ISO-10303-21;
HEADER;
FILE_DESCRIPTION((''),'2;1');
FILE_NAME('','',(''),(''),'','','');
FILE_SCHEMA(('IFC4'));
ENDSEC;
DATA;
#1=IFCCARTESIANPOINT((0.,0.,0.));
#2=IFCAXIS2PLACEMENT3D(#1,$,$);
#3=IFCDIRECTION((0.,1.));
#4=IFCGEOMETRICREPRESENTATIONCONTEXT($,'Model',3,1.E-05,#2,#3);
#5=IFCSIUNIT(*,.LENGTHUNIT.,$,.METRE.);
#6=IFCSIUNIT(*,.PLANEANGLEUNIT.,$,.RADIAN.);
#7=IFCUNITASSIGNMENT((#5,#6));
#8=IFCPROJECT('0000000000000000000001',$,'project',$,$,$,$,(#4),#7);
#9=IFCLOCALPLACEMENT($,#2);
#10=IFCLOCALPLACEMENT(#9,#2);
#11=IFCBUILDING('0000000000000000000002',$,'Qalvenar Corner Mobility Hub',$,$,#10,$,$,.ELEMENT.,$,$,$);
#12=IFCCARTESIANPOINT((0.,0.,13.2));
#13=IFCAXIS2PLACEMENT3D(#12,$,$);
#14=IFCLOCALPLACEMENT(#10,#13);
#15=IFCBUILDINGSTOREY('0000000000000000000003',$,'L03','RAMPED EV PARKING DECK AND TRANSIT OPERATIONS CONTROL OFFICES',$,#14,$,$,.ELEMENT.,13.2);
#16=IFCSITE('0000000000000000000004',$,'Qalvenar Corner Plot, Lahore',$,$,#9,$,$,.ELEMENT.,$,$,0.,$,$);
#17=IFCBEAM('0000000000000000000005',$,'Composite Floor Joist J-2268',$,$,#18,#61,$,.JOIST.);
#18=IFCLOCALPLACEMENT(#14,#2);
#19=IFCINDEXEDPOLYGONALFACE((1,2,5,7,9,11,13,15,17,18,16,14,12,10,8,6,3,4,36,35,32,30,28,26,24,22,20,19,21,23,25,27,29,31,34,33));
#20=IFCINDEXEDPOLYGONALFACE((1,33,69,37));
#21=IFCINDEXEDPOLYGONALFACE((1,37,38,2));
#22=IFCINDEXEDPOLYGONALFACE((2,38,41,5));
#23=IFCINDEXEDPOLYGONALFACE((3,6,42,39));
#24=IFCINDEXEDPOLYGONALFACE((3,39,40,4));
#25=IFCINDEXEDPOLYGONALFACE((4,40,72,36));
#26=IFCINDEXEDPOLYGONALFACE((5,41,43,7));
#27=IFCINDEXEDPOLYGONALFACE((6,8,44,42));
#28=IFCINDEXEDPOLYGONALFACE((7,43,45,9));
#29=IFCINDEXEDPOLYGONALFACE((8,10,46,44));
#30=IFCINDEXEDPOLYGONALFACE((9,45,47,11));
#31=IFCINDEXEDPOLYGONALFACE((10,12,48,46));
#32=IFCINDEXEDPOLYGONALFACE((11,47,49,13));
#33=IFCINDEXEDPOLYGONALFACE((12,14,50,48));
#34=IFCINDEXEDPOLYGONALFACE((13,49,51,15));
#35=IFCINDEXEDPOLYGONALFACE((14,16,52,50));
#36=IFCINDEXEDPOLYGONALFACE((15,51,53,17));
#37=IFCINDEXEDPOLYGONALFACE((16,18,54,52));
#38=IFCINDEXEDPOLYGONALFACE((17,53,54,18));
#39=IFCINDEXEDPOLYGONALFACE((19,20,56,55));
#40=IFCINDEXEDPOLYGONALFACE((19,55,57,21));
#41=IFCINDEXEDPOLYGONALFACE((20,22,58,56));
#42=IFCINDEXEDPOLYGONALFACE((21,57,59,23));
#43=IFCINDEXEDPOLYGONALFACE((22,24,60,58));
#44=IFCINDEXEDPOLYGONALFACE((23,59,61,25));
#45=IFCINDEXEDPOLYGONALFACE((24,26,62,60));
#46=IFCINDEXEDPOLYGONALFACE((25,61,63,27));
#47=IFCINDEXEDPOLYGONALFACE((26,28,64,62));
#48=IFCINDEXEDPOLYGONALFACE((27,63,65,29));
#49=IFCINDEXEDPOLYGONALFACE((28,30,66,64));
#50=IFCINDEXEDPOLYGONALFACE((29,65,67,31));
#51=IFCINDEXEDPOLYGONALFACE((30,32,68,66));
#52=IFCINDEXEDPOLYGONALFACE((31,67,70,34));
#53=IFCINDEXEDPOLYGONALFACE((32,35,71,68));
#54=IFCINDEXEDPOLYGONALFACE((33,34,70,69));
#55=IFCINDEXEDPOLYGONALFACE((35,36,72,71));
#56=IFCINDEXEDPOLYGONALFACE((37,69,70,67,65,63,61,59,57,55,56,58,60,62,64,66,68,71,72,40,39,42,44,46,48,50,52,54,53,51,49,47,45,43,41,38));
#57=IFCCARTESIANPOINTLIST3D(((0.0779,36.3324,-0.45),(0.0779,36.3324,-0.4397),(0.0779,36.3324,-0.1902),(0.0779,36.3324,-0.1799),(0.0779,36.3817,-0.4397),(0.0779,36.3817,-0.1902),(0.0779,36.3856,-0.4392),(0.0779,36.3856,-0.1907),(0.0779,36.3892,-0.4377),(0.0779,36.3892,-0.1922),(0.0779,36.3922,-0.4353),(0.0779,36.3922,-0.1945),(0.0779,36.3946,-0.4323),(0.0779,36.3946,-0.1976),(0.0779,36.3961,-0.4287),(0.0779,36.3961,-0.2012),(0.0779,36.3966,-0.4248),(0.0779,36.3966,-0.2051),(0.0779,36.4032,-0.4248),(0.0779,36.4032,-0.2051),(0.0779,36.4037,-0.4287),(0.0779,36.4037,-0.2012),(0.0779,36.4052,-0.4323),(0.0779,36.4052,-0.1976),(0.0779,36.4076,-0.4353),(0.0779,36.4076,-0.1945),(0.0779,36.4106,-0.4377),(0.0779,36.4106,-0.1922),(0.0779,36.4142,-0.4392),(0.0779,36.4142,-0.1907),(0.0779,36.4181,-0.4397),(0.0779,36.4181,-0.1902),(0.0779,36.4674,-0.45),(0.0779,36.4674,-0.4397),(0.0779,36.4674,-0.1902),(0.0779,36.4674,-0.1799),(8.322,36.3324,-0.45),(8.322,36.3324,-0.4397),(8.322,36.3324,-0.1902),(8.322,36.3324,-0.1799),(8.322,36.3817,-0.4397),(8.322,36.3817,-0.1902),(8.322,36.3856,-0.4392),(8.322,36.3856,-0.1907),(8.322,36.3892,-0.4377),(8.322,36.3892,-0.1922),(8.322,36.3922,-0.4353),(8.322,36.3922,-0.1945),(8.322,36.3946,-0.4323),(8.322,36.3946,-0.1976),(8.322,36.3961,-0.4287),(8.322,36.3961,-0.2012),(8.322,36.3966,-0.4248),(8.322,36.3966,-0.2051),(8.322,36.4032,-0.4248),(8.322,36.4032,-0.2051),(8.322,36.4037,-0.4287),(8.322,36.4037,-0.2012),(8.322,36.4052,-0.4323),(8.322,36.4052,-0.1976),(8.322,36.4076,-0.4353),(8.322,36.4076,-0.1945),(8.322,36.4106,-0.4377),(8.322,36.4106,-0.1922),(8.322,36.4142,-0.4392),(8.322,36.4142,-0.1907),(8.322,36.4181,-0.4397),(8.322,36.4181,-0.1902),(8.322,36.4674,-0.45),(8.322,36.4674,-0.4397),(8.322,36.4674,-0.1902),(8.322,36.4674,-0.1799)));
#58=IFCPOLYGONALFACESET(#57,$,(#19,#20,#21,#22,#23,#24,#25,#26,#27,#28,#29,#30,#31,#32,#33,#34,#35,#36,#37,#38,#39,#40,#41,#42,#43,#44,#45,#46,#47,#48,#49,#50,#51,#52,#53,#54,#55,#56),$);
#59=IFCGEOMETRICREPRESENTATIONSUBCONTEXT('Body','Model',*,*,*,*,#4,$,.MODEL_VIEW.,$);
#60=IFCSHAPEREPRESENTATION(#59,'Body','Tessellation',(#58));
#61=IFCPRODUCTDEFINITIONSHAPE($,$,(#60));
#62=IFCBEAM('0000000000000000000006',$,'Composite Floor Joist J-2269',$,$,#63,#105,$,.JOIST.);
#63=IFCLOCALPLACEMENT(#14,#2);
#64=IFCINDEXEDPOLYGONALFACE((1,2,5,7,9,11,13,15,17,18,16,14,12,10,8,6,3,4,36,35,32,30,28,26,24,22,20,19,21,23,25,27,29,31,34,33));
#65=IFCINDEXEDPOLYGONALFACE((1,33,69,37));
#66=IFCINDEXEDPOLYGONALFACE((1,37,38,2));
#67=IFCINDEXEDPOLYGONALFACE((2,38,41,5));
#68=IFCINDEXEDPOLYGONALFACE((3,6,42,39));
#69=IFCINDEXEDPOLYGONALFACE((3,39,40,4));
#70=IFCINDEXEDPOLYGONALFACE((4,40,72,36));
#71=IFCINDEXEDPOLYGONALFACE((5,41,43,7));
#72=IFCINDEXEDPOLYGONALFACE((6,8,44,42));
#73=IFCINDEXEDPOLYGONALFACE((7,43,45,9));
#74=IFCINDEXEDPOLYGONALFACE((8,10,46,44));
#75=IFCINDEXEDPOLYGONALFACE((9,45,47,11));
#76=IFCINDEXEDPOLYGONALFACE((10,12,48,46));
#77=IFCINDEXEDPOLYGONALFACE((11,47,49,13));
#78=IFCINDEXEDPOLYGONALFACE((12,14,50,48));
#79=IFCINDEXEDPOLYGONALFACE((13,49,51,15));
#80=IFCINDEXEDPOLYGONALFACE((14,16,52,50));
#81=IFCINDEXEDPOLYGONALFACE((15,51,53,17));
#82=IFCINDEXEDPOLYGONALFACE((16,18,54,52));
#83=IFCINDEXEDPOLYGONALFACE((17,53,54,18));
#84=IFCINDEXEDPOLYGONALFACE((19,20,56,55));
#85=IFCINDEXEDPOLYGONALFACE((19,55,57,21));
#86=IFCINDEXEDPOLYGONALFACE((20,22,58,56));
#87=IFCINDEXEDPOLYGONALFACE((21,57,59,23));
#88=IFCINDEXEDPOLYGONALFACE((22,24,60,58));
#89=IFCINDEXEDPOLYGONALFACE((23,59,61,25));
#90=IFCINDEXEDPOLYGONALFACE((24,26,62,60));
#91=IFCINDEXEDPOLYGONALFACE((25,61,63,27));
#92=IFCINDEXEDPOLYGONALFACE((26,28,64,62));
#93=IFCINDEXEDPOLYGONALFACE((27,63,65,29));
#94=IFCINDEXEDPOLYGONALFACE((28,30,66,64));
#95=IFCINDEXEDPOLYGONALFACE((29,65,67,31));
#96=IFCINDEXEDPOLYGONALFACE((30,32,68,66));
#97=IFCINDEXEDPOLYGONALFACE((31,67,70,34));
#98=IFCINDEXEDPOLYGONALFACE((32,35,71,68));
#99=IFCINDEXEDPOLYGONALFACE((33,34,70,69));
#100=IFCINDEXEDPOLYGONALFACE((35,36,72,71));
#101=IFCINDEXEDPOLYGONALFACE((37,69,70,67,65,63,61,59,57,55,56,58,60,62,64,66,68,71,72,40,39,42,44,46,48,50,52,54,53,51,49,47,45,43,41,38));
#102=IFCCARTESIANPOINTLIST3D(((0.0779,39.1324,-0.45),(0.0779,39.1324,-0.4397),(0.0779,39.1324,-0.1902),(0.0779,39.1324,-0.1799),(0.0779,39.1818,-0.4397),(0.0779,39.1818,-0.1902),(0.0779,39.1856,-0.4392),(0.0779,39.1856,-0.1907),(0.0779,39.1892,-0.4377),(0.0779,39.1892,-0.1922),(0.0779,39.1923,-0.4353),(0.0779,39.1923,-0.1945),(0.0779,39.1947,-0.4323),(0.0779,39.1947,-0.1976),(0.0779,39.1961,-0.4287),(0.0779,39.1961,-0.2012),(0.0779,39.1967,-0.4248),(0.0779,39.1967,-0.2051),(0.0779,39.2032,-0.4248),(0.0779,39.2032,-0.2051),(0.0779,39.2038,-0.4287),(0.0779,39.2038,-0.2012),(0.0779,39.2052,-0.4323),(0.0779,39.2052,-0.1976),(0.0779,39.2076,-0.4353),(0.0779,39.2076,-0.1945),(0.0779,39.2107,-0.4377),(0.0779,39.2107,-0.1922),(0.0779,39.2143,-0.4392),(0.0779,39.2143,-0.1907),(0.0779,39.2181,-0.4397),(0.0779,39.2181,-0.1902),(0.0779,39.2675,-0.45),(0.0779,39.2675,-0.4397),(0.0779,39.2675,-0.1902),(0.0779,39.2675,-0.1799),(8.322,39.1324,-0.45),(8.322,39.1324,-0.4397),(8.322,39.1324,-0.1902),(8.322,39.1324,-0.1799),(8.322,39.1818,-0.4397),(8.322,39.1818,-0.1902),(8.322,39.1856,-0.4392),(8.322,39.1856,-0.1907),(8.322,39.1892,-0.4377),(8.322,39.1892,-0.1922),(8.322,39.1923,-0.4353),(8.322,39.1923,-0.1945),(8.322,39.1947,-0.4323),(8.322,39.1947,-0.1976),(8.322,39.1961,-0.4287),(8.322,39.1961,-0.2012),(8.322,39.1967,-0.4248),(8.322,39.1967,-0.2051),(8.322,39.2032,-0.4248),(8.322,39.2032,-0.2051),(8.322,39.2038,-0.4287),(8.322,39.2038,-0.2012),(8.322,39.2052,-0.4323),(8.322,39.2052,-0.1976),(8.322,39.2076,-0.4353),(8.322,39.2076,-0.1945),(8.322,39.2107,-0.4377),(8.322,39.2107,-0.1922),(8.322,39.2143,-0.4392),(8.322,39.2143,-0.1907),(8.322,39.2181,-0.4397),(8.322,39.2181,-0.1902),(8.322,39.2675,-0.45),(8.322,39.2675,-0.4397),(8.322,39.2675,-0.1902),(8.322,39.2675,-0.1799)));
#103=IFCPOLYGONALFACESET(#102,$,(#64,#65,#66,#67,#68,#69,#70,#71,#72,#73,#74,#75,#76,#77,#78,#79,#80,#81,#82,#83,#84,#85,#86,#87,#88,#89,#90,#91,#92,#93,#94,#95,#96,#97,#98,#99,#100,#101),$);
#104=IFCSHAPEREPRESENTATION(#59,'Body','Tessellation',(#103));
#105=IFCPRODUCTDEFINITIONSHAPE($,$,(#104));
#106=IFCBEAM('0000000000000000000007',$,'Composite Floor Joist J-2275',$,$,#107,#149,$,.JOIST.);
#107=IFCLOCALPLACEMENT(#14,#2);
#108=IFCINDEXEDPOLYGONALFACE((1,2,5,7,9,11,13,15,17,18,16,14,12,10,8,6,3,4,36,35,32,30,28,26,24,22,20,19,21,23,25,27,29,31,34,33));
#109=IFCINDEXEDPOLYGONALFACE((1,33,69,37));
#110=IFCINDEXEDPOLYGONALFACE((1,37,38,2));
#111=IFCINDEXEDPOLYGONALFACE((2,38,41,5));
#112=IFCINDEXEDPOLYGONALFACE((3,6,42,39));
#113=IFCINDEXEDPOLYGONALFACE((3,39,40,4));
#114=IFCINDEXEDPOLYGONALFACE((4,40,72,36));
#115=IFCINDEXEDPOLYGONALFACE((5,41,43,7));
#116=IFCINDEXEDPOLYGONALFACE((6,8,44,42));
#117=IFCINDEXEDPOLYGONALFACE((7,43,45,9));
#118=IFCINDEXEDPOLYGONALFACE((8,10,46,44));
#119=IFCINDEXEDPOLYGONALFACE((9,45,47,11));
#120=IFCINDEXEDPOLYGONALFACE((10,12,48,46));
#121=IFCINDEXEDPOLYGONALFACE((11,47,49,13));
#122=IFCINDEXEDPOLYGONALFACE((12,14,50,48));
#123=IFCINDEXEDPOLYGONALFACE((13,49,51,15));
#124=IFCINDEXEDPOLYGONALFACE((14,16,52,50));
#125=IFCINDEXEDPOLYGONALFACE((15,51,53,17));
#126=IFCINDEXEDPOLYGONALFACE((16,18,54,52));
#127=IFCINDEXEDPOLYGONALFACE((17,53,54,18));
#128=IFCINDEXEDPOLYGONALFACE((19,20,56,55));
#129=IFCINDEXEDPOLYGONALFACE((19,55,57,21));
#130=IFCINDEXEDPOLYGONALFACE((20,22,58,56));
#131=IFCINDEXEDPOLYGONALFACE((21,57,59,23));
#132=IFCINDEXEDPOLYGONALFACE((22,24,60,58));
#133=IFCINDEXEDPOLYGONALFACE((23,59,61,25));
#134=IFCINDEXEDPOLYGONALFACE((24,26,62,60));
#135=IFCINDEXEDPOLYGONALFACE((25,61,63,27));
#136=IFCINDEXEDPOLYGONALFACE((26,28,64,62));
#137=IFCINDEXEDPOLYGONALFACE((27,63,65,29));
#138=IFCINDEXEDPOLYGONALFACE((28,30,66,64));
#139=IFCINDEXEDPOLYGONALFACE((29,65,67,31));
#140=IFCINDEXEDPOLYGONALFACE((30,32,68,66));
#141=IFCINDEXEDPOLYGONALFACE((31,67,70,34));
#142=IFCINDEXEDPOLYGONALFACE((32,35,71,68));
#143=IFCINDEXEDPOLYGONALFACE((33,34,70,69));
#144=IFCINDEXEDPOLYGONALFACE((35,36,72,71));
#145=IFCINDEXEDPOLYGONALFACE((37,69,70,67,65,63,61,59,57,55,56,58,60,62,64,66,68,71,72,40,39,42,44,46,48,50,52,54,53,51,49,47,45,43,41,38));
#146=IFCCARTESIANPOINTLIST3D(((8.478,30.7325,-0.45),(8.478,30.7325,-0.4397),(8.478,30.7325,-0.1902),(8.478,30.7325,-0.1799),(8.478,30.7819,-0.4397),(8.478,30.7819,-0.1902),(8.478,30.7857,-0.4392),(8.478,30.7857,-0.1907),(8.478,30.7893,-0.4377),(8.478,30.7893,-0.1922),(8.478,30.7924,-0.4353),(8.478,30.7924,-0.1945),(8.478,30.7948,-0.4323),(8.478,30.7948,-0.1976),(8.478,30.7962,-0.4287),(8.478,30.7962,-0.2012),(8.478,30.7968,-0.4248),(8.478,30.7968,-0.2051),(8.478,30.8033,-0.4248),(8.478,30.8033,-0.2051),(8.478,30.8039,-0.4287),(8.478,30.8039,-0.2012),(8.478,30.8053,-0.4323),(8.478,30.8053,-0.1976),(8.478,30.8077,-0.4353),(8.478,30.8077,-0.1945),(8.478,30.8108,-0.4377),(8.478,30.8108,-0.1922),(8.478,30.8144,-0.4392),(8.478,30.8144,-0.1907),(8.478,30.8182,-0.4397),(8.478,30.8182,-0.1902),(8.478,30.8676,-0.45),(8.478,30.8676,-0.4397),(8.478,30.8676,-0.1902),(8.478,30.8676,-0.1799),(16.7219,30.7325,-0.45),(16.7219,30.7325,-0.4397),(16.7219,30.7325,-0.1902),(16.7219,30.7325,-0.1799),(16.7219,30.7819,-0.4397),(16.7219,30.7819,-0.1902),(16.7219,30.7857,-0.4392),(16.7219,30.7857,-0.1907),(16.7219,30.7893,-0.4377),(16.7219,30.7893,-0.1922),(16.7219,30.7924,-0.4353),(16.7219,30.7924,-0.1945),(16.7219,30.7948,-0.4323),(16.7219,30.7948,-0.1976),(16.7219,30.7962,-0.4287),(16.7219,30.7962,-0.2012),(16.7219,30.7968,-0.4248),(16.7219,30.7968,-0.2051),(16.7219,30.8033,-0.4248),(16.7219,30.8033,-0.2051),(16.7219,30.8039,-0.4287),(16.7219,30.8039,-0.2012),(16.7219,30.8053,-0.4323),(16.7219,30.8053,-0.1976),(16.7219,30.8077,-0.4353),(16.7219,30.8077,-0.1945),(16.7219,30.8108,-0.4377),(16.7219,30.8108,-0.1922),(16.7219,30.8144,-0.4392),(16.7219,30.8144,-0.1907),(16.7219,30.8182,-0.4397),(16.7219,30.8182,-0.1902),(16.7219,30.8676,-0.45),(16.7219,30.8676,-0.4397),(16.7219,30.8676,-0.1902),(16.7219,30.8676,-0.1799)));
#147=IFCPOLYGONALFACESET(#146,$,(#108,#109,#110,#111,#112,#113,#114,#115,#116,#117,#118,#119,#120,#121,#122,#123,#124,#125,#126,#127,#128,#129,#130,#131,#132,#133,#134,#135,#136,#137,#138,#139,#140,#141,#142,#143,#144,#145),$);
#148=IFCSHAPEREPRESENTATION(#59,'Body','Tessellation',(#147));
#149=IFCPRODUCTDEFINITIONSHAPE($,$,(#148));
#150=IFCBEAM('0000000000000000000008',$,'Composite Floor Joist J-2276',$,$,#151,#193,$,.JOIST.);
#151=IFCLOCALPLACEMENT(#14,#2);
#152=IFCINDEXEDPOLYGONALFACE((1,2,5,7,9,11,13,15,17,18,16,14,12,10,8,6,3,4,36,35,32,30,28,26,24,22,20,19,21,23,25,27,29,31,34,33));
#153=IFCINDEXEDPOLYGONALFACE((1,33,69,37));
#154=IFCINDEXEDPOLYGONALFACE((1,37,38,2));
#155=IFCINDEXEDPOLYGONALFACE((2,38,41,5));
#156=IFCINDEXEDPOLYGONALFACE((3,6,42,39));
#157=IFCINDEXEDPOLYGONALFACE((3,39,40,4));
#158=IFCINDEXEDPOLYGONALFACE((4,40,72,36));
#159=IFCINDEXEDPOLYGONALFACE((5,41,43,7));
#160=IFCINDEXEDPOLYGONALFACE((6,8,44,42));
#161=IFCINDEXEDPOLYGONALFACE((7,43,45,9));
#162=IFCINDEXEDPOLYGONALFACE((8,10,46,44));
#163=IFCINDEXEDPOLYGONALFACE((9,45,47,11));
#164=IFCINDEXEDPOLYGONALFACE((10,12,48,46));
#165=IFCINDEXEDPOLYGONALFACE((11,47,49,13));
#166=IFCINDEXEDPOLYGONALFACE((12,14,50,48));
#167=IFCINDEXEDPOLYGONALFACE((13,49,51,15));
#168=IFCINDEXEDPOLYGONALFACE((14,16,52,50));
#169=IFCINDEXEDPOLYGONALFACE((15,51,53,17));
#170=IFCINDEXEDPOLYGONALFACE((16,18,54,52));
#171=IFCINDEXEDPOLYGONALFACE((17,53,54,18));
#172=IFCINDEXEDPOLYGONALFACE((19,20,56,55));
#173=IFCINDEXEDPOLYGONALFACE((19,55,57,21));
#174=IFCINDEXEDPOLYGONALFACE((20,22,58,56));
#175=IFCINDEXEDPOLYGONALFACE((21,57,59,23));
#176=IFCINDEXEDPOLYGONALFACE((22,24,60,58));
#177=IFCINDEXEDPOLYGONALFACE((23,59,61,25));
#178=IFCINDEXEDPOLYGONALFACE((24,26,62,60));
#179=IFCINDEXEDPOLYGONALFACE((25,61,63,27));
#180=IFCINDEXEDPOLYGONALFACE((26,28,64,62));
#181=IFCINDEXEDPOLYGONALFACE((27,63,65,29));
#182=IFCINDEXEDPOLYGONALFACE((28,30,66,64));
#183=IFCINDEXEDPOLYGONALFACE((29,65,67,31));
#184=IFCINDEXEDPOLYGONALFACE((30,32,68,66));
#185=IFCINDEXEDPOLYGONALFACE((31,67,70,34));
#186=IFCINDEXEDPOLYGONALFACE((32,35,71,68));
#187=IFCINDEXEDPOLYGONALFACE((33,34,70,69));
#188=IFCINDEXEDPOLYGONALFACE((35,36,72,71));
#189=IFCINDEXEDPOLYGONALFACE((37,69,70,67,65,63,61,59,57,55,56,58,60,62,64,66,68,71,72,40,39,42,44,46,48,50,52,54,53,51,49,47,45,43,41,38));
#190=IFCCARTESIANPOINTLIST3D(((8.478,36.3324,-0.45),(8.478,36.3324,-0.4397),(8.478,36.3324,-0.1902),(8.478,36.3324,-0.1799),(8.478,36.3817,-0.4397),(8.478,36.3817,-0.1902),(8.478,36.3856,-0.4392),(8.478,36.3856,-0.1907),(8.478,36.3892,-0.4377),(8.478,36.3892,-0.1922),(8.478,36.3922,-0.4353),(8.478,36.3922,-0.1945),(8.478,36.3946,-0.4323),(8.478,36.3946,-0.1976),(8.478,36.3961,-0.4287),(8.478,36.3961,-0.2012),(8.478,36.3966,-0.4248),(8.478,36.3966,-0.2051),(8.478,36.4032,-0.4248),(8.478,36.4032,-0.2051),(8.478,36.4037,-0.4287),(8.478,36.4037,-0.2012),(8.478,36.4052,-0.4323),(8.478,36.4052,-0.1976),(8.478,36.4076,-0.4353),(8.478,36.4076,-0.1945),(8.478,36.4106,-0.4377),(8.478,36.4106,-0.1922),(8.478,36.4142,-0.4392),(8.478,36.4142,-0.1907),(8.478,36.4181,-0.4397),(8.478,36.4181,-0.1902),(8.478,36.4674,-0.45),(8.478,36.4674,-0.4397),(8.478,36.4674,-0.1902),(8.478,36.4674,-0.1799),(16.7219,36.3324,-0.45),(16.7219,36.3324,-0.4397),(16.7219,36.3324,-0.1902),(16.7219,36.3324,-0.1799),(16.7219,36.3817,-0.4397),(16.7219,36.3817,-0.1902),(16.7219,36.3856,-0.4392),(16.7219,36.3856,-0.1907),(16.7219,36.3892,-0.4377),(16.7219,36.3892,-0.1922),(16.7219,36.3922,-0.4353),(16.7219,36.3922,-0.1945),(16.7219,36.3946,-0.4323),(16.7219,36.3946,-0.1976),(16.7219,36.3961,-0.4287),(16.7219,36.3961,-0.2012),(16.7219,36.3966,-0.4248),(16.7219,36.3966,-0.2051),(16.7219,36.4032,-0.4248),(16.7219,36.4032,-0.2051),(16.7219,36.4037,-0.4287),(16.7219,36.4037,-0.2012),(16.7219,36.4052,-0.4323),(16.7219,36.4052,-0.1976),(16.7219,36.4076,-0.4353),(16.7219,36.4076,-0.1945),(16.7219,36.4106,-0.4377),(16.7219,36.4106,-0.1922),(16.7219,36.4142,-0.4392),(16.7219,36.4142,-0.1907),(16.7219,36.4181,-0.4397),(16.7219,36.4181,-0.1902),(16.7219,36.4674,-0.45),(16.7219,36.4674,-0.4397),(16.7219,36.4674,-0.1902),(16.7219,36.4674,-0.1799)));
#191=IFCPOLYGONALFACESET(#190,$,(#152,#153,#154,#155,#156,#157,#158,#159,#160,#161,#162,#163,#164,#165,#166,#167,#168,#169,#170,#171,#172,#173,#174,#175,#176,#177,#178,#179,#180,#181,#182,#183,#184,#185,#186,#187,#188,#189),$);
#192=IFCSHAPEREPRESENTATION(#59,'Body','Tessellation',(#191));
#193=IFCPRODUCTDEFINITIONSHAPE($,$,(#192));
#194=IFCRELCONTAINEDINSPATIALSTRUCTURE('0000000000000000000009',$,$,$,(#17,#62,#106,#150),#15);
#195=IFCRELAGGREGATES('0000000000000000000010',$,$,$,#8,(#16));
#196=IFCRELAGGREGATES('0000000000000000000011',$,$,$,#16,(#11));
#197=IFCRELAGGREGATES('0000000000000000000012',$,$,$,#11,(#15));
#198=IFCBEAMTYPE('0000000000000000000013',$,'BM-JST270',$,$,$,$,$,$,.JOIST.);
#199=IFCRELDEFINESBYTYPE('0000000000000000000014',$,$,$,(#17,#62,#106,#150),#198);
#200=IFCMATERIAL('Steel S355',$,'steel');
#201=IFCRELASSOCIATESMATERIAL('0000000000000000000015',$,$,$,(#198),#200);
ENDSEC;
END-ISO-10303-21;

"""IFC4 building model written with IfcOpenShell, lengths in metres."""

from ifc_helpers import new_model, si_unit, direction, frame, origin, origin_2d, place, context, subcontext, project, spatial, i_section, extrude, material, material_profile, profile_set, type_object, element, save


model = new_model("IFC4")

# Units and contexts
model_context = context("Model", 3, precision=1e-05, world=origin(), true_north=direction((0.0, 1.0)))
body_context = subcontext(model_context, "Body", "Model", "MODEL_VIEW")
ifc_project = project(units=[si_unit("LENGTHUNIT", "METRE"), si_unit("PLANEANGLEUNIT", "RADIAN")], contexts=[model_context])

# Site, building, storey
site_placement = place(None, origin())
site = spatial("IfcSite", under=ifc_project, at=site_placement, Name="Qalvenar Corner Plot, Lahore", CompositionType="ELEMENT", RefElevation=0.0)
building_placement = place(site_placement, origin())
building = spatial("IfcBuilding", under=site, at=building_placement, Name="Qalvenar Corner Mobility Hub", CompositionType="ELEMENT")
storey_placement = place(building_placement, frame((0.0, 0.0, 13.2)))
storey = spatial("IfcBuildingStorey", under=building, at=storey_placement, Name="L03", Description="RAMPED EV PARKING DECK AND TRANSIT OPERATIONS CONTROL OFFICES", CompositionType="ELEMENT", Elevation=13.2)

# Shared definitions
ifc_material_1 = material(Name="Steel S355", Category="steel")

# Beams
ifc_material_profile_1 = material_profile(ifc_material_1, i_section(OverallWidth=0.135, OverallDepth=0.27, WebThickness=0.0066, FlangeThickness=0.0103, FilletRadius=0.0149, at=origin_2d()), Name="IPE270")
ifc_profile_set_1 = profile_set([ifc_material_profile_1], Name="Steel S355")
beam_type_1 = type_object("IfcBeamType", Name="BM-JST270", PredefinedType="JOIST", material=ifc_profile_set_1)
for number, where, z_axis, x_axis, name in (
    (1, (0.0779, 36.3999, -0.3149), (1.0, 0.0, 0.0), (0.0, 1.0, 0.0), "Composite Floor Joist J-2268"),
    (2, (0.0779, 39.2, -0.3149), (1.0, 0.0, 0.0), (0.0, 1.0, 0.0), "Composite Floor Joist J-2269"),
):
    element("IfcBeam", number, at=place(storey_placement, frame(where, z_axis=z_axis, x_axis=x_axis)), inside=storey, type_object=beam_type_1, Name=name, PredefinedType="JOIST", context=body_context, shape_type="SweptSolid", body=[
        extrude(i_section(OverallWidth=0.135, OverallDepth=0.27, WebThickness=0.0066, FlangeThickness=0.0103, FilletRadius=0.0149, at=origin_2d()), origin(), (0.0, 0.0, 1.0), 8.2441),
    ])
for number, where, z_axis, x_axis, name in (
    (3, (8.478, 30.8, -0.3149), (1.0, 0.0, 0.0), (0.0, 1.0, 0.0), "Composite Floor Joist J-2275"),
    (4, (8.478, 36.3999, -0.3149), (1.0, 0.0, 0.0), (0.0, 1.0, 0.0), "Composite Floor Joist J-2276"),
):
    element("IfcBeam", number, at=place(storey_placement, frame(where, z_axis=z_axis, x_axis=x_axis)), inside=storey, type_object=beam_type_1, Name=name, PredefinedType="JOIST", context=body_context, shape_type="SweptSolid", body=[
        extrude(i_section(OverallWidth=0.135, OverallDepth=0.27, WebThickness=0.0066, FlangeThickness=0.0103, FilletRadius=0.0149, at=origin_2d()), origin(), (0.0, 0.0, 1.0), 8.2439),
    ])

save(model, "model.ifc")
